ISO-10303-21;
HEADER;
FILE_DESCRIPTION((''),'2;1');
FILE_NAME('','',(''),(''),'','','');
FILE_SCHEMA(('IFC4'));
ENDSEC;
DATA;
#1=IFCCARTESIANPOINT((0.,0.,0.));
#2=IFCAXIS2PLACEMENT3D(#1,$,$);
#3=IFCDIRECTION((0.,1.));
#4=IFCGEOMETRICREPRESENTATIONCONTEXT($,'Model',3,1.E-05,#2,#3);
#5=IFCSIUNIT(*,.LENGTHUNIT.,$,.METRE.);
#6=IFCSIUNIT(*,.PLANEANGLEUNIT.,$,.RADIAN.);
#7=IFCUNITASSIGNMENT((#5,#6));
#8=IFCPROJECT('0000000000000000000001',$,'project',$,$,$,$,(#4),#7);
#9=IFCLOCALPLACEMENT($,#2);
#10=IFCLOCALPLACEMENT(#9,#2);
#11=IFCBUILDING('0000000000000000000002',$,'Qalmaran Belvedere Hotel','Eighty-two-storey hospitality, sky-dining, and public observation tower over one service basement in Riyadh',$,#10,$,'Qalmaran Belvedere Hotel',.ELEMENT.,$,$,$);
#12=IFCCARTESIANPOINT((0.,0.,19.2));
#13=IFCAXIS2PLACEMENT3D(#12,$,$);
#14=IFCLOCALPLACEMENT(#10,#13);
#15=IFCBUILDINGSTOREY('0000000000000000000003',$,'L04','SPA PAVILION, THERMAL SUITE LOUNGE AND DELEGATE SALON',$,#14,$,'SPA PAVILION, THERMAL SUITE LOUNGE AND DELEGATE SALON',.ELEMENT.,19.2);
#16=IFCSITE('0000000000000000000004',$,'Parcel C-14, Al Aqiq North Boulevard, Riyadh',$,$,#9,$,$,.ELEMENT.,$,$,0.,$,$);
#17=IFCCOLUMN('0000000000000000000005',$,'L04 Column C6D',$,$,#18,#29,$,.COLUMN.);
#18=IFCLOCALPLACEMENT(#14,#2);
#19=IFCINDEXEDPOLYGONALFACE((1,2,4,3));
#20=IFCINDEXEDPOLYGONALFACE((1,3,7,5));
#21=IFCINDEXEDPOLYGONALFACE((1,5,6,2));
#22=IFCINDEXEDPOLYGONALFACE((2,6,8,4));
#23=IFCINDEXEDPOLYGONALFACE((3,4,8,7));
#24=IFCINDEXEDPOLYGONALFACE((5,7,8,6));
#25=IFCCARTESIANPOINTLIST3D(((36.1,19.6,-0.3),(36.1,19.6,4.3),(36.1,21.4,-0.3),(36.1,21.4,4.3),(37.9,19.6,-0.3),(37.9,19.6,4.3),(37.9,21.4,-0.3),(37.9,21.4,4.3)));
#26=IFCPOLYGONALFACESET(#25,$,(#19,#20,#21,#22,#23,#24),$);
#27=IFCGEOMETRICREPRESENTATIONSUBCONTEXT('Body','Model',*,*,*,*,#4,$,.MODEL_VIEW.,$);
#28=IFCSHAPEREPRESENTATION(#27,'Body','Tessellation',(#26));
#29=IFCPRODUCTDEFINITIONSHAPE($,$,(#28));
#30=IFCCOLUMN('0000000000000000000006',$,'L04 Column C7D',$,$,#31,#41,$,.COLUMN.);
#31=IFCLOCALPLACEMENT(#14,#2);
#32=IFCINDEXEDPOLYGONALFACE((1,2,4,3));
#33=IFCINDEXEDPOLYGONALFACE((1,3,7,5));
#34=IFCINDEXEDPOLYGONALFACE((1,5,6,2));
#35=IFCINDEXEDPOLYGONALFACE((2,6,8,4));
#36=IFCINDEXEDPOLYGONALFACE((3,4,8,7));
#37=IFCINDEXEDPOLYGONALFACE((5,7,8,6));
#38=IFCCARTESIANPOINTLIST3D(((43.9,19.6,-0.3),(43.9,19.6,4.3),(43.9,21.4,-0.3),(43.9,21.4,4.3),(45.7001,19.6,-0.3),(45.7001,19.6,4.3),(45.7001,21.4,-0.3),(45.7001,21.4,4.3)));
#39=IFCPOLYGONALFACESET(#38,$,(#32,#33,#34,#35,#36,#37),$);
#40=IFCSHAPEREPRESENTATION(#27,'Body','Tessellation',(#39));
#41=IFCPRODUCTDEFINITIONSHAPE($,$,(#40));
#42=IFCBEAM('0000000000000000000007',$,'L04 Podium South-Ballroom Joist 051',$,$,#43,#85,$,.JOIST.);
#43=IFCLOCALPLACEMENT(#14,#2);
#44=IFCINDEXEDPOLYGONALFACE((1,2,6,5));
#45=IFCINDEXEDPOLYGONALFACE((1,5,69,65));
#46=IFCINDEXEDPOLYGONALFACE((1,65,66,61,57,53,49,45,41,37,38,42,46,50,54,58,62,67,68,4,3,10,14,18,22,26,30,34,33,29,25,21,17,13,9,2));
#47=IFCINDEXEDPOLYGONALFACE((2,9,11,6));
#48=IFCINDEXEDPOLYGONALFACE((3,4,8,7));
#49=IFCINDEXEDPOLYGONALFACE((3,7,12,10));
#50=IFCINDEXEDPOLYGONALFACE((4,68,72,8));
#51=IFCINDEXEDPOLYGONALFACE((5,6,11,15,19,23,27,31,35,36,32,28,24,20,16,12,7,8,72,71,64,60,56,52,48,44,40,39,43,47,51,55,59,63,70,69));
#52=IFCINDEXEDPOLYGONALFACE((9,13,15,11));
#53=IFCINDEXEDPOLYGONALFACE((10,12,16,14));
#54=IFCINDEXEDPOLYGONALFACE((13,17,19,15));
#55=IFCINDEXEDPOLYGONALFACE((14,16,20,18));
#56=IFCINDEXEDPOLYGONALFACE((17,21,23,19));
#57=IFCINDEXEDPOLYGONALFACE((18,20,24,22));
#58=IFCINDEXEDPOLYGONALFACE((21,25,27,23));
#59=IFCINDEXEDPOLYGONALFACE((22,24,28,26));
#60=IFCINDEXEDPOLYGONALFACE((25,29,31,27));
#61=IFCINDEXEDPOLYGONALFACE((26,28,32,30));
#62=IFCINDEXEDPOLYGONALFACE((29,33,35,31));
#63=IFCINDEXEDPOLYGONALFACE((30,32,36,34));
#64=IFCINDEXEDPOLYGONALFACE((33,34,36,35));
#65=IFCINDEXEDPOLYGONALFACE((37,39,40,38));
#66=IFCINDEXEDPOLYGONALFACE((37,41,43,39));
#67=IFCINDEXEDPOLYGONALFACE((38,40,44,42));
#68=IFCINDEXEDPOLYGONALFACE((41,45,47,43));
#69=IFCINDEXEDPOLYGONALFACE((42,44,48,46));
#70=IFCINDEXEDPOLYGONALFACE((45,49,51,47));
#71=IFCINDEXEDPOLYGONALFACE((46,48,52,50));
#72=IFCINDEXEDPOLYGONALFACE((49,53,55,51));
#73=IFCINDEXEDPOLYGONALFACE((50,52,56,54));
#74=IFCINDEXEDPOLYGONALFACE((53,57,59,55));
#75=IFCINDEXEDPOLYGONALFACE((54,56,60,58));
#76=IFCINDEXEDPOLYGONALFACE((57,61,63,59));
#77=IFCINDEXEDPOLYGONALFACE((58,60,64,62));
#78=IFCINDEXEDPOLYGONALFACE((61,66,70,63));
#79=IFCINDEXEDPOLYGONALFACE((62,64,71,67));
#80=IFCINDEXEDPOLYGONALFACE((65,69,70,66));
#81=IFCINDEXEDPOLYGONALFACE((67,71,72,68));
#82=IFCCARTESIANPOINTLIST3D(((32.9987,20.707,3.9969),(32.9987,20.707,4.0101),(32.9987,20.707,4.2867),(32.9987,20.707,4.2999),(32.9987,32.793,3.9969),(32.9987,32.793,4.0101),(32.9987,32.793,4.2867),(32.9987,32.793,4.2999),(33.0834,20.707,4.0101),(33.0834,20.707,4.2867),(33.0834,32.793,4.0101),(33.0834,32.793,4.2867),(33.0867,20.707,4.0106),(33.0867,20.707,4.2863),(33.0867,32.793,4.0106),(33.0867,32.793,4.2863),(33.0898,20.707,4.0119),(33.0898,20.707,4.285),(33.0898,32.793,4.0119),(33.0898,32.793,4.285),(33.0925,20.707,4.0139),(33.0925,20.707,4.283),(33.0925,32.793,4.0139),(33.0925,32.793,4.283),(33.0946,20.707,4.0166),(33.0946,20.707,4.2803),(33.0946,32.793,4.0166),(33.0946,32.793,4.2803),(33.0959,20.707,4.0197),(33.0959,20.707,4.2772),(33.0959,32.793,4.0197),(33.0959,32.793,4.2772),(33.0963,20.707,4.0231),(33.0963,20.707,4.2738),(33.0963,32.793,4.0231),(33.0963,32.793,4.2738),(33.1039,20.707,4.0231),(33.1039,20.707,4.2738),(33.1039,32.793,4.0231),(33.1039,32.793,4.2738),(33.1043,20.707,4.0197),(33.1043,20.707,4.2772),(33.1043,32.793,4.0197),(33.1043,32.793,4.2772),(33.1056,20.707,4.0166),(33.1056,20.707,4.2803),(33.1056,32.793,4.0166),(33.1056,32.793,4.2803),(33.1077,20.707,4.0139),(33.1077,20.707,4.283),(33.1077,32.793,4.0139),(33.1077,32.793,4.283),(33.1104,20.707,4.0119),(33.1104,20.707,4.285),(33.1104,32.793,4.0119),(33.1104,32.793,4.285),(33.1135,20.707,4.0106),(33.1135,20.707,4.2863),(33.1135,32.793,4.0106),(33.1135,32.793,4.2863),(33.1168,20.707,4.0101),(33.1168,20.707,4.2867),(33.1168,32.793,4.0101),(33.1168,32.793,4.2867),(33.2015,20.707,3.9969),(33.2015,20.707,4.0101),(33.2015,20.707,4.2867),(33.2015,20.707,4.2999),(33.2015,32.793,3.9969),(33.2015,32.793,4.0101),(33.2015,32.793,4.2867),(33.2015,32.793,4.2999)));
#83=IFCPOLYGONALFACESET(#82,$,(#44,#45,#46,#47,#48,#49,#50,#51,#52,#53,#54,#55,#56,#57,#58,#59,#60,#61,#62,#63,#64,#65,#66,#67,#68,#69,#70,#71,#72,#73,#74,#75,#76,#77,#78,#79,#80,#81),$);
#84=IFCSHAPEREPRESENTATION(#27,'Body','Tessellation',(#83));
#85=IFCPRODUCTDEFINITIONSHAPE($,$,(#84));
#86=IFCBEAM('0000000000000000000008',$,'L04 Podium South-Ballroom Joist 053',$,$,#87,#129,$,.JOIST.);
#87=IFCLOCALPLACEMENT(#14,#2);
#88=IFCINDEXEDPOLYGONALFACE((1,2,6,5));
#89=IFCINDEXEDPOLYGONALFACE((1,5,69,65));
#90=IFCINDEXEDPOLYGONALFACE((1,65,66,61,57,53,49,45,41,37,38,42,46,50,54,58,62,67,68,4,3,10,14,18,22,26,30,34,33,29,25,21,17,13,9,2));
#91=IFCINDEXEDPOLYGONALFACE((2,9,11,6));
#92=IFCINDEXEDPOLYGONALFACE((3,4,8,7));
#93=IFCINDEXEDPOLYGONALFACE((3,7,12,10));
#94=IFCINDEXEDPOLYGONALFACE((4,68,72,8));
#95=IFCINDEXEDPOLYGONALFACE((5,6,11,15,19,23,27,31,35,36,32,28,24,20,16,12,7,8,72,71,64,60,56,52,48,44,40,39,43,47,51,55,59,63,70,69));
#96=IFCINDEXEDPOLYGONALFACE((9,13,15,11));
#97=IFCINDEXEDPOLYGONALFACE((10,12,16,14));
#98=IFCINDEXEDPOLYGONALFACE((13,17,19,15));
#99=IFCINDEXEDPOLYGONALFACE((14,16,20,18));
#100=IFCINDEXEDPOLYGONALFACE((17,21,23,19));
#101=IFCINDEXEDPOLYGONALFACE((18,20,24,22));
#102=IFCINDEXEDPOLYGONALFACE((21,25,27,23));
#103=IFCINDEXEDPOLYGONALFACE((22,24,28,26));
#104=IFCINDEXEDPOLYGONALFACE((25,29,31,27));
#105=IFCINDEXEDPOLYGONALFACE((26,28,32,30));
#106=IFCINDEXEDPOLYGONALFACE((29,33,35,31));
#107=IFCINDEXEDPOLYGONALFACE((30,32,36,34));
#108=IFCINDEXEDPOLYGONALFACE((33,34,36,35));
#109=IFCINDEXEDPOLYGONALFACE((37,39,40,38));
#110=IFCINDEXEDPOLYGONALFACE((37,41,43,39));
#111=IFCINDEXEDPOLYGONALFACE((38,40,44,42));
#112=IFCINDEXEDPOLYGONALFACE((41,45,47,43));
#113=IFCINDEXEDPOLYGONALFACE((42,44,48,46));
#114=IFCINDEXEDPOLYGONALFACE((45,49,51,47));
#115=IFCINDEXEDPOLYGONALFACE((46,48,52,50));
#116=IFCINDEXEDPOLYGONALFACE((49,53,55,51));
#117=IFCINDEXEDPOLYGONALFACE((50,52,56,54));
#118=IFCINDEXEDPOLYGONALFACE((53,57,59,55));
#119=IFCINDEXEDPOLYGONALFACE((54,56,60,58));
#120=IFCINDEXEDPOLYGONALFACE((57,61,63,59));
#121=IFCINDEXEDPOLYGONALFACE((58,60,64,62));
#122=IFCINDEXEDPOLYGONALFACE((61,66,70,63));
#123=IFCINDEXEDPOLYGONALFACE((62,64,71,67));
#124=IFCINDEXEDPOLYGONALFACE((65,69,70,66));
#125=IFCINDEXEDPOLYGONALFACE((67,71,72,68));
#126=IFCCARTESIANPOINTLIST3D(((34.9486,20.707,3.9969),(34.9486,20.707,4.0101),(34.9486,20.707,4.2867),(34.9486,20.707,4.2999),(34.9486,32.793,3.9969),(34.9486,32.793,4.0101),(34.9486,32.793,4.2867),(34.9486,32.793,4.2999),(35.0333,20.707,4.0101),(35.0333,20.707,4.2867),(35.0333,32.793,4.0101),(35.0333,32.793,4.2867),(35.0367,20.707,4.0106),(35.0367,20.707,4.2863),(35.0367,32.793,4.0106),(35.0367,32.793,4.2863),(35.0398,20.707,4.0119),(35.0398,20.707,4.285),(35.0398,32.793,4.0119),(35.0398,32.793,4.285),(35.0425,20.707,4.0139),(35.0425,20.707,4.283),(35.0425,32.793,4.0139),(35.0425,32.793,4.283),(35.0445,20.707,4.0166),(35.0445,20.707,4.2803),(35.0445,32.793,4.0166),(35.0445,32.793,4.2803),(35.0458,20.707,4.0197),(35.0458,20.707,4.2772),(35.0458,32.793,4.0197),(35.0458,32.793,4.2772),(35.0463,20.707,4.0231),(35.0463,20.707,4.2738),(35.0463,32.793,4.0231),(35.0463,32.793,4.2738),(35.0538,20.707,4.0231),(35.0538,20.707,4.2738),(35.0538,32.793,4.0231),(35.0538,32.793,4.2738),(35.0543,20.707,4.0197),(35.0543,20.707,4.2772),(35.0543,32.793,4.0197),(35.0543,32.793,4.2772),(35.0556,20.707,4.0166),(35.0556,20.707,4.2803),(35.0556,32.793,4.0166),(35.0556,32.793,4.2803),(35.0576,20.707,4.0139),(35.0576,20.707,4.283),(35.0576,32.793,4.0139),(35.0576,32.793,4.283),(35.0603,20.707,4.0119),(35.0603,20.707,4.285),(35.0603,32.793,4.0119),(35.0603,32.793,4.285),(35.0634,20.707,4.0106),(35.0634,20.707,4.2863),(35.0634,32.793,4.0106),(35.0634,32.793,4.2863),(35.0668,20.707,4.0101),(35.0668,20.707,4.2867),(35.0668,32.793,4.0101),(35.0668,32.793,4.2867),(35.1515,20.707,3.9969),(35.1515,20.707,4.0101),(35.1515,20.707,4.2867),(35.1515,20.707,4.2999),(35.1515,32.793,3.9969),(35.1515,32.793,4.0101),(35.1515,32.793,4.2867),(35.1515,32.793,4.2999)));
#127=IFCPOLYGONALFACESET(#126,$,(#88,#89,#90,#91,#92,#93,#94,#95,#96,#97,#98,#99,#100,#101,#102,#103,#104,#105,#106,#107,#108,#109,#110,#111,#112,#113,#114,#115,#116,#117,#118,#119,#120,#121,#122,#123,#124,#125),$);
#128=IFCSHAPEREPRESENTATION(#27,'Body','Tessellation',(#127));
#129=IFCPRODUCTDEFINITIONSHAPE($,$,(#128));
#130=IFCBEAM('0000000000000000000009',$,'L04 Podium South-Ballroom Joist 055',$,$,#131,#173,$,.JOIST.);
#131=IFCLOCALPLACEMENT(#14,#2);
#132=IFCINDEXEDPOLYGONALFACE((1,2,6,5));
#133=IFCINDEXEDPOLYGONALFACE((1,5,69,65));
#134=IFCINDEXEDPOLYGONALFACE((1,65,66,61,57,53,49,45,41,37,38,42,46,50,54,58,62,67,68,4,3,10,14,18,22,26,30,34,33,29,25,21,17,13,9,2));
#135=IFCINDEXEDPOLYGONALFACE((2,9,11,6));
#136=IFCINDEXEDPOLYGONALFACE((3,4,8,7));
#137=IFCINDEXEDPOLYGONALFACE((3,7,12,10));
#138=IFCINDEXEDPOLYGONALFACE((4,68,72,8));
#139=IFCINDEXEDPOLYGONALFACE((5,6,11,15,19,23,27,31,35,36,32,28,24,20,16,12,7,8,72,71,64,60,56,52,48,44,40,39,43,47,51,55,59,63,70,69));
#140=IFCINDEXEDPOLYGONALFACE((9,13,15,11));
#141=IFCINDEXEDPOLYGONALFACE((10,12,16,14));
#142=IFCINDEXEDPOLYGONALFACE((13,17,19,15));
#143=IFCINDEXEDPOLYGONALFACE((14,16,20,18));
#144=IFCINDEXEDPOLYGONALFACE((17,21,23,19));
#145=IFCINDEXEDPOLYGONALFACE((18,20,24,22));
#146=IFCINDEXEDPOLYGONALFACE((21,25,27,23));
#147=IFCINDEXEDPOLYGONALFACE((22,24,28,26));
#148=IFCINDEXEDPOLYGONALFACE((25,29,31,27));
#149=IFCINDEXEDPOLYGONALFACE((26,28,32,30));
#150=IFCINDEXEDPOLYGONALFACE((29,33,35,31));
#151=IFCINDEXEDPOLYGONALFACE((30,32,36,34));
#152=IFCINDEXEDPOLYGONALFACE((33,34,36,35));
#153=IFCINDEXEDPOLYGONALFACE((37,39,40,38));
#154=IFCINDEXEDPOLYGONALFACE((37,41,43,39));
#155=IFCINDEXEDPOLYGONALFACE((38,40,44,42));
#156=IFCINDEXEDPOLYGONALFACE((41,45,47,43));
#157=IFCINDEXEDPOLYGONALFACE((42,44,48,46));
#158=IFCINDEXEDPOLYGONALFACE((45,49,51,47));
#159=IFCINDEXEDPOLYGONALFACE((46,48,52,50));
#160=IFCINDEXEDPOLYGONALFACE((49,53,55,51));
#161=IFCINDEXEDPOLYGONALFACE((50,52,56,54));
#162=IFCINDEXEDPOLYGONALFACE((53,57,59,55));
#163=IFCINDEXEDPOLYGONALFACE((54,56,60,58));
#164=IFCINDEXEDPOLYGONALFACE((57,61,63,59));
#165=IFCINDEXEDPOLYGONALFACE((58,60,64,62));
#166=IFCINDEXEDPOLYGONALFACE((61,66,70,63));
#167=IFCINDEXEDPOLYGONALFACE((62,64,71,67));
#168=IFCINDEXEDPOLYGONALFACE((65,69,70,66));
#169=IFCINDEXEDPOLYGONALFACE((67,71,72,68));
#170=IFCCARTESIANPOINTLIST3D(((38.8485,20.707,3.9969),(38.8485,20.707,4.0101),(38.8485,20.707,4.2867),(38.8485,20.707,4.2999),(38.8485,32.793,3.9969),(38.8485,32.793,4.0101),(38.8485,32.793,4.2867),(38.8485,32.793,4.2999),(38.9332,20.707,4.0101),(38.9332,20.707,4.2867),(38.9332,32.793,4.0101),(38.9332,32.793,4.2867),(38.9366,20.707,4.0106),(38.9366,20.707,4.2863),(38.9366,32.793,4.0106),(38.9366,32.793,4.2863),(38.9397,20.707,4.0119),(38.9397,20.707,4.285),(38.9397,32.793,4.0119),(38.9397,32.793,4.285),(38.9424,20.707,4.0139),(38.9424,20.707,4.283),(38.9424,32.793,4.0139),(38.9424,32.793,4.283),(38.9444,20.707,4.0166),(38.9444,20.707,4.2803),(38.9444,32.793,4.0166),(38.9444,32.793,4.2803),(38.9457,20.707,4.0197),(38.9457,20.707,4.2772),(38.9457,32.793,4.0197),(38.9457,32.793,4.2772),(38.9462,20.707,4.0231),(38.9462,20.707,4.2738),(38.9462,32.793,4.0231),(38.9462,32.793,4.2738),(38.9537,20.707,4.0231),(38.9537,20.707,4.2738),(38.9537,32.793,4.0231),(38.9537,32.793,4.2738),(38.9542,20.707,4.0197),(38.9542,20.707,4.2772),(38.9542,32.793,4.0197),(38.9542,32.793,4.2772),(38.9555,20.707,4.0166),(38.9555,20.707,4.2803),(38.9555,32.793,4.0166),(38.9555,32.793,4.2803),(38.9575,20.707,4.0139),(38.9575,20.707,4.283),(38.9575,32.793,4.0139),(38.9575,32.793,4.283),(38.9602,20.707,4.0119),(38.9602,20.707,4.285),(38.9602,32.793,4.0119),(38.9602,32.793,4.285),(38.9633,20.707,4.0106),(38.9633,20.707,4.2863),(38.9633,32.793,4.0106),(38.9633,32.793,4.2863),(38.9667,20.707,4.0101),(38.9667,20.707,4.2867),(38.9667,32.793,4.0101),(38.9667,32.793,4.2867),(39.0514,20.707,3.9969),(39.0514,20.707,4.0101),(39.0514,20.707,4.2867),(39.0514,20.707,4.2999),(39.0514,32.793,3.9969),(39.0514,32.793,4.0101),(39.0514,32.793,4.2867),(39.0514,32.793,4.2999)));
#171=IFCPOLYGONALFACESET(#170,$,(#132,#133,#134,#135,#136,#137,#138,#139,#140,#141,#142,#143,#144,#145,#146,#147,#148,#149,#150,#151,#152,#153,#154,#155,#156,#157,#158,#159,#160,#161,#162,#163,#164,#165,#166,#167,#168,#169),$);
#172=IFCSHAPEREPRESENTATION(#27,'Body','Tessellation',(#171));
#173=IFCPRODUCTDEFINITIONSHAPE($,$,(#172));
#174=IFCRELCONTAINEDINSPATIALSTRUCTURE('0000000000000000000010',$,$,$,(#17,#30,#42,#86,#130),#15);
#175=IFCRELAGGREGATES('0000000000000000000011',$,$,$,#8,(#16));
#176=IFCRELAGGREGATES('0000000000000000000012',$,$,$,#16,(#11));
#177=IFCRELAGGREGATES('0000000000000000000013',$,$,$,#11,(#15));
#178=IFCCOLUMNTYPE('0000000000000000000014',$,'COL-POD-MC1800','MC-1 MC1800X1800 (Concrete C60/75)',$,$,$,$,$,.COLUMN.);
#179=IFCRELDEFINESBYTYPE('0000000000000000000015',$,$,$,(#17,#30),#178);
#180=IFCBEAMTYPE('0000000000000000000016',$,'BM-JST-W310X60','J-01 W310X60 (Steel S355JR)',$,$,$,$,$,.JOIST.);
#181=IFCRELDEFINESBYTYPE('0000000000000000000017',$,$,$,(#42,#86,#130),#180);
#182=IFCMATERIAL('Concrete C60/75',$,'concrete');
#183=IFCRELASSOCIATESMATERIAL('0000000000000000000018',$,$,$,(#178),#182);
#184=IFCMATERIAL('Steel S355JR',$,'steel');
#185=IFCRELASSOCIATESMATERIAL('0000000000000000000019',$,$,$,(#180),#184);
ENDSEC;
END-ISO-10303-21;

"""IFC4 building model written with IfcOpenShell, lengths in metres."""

from ifc_helpers import new_model, si_unit, direction, frame, origin, origin_2d, place, context, subcontext, project, spatial, rectangle, i_section, extrude, material, material_profile, profile_set, type_object, element, save


model = new_model("IFC4")

# Units and contexts
model_context = context("Model", 3, precision=1e-05, world=origin(), true_north=direction((0.0, 1.0)))
body_context = subcontext(model_context, "Body", "Model", "MODEL_VIEW")
ifc_project = project(units=[si_unit("LENGTHUNIT", "METRE"), si_unit("PLANEANGLEUNIT", "RADIAN")], contexts=[model_context])

# Site, building, storey
site_placement = place(None, origin())
site = spatial("IfcSite", under=ifc_project, at=site_placement, Name="Parcel C-14, Al Aqiq North Boulevard, Riyadh", CompositionType="ELEMENT", RefElevation=0.0)
building_placement = place(site_placement, origin())
building = spatial("IfcBuilding", under=site, at=building_placement, Name="Qalmaran Belvedere Hotel", Description="Eighty-two-storey hospitality, sky-dining, and public observation tower over one service basement in Riyadh", LongName="Qalmaran Belvedere Hotel", CompositionType="ELEMENT")
storey_placement = place(building_placement, frame((0.0, 0.0, 19.2)))
storey = spatial("IfcBuildingStorey", under=building, at=storey_placement, Name="L04", Description="SPA PAVILION, THERMAL SUITE LOUNGE AND DELEGATE SALON", LongName="SPA PAVILION, THERMAL SUITE LOUNGE AND DELEGATE SALON", CompositionType="ELEMENT", Elevation=19.2)

# Columns
ifc_material_1 = material(Name="Concrete C60/75", Category="concrete")
ifc_material_profile_1 = material_profile(ifc_material_1, rectangle(XDim=1.8, YDim=1.8, at=origin_2d()), Name="MC1800X1800")
ifc_profile_set_1 = profile_set([ifc_material_profile_1], Name="Concrete C60/75")
column_type = type_object("IfcColumnType", Name="COL-POD-MC1800", Description="MC-1 MC1800X1800 (Concrete C60/75)", PredefinedType="COLUMN", material=ifc_profile_set_1)
for number, where, z_axis, x_axis, name in (
    (1, (37.0, 20.5, -0.3), (0.0, 0.0, 1.0), (1.0, 0.0, 0.0), "L04 Column C6D"),
    (2, (44.8, 20.5, -0.3), (0.0, 0.0, 1.0), (1.0, 0.0, 0.0), "L04 Column C7D"),
):
    element("IfcColumn", number, at=place(storey_placement, frame(where, z_axis=z_axis, x_axis=x_axis)), inside=storey, type_object=column_type, Name=name, PredefinedType="COLUMN", context=body_context, shape_type="SweptSolid", body=[
        extrude(rectangle(XDim=1.8, YDim=1.8, at=origin_2d()), origin(), (0.0, 0.0, 1.0), 4.6001),
    ])

# Beams
ifc_material_2 = material(Name="Steel S355JR", Category="steel")
ifc_material_profile_2 = material_profile(ifc_material_2, i_section(OverallWidth=0.2029, OverallDepth=0.303, WebThickness=0.0076, FlangeThickness=0.0132, FilletRadius=0.0129, at=origin_2d()), Name="W310X60")
ifc_profile_set_2 = profile_set([ifc_material_profile_2], Name="Steel S355JR")
beam_type_1 = type_object("IfcBeamType", Name="BM-JST-W310X60", Description="J-01 W310X60 (Steel S355JR)", PredefinedType="JOIST", material=ifc_profile_set_2)
for number, where, z_axis, x_axis, name in (
    (3, (33.1001, 20.707, 4.1484), (0.0, 1.0, 0.0), (-1.0, 0.0, 0.0), "L04 Podium South-Ballroom Joist 051"),
    (4, (35.05, 20.707, 4.1484), (0.0, 1.0, 0.0), (-1.0, 0.0, 0.0), "L04 Podium South-Ballroom Joist 053"),
    (5, (38.95, 20.707, 4.1484), (0.0, 1.0, 0.0), (-1.0, 0.0, 0.0), "L04 Podium South-Ballroom Joist 055"),
):
    element("IfcBeam", number, at=place(storey_placement, frame(where, z_axis=z_axis, x_axis=x_axis)), inside=storey, type_object=beam_type_1, Name=name, PredefinedType="JOIST", context=body_context, shape_type="SweptSolid", body=[
        extrude(i_section(OverallWidth=0.2029, OverallDepth=0.303, WebThickness=0.0076, FlangeThickness=0.0132, FilletRadius=0.0129, at=origin_2d()), origin(), (0.0, 0.0, 1.0), 12.0859),
    ])

save(model, "model.ifc")
